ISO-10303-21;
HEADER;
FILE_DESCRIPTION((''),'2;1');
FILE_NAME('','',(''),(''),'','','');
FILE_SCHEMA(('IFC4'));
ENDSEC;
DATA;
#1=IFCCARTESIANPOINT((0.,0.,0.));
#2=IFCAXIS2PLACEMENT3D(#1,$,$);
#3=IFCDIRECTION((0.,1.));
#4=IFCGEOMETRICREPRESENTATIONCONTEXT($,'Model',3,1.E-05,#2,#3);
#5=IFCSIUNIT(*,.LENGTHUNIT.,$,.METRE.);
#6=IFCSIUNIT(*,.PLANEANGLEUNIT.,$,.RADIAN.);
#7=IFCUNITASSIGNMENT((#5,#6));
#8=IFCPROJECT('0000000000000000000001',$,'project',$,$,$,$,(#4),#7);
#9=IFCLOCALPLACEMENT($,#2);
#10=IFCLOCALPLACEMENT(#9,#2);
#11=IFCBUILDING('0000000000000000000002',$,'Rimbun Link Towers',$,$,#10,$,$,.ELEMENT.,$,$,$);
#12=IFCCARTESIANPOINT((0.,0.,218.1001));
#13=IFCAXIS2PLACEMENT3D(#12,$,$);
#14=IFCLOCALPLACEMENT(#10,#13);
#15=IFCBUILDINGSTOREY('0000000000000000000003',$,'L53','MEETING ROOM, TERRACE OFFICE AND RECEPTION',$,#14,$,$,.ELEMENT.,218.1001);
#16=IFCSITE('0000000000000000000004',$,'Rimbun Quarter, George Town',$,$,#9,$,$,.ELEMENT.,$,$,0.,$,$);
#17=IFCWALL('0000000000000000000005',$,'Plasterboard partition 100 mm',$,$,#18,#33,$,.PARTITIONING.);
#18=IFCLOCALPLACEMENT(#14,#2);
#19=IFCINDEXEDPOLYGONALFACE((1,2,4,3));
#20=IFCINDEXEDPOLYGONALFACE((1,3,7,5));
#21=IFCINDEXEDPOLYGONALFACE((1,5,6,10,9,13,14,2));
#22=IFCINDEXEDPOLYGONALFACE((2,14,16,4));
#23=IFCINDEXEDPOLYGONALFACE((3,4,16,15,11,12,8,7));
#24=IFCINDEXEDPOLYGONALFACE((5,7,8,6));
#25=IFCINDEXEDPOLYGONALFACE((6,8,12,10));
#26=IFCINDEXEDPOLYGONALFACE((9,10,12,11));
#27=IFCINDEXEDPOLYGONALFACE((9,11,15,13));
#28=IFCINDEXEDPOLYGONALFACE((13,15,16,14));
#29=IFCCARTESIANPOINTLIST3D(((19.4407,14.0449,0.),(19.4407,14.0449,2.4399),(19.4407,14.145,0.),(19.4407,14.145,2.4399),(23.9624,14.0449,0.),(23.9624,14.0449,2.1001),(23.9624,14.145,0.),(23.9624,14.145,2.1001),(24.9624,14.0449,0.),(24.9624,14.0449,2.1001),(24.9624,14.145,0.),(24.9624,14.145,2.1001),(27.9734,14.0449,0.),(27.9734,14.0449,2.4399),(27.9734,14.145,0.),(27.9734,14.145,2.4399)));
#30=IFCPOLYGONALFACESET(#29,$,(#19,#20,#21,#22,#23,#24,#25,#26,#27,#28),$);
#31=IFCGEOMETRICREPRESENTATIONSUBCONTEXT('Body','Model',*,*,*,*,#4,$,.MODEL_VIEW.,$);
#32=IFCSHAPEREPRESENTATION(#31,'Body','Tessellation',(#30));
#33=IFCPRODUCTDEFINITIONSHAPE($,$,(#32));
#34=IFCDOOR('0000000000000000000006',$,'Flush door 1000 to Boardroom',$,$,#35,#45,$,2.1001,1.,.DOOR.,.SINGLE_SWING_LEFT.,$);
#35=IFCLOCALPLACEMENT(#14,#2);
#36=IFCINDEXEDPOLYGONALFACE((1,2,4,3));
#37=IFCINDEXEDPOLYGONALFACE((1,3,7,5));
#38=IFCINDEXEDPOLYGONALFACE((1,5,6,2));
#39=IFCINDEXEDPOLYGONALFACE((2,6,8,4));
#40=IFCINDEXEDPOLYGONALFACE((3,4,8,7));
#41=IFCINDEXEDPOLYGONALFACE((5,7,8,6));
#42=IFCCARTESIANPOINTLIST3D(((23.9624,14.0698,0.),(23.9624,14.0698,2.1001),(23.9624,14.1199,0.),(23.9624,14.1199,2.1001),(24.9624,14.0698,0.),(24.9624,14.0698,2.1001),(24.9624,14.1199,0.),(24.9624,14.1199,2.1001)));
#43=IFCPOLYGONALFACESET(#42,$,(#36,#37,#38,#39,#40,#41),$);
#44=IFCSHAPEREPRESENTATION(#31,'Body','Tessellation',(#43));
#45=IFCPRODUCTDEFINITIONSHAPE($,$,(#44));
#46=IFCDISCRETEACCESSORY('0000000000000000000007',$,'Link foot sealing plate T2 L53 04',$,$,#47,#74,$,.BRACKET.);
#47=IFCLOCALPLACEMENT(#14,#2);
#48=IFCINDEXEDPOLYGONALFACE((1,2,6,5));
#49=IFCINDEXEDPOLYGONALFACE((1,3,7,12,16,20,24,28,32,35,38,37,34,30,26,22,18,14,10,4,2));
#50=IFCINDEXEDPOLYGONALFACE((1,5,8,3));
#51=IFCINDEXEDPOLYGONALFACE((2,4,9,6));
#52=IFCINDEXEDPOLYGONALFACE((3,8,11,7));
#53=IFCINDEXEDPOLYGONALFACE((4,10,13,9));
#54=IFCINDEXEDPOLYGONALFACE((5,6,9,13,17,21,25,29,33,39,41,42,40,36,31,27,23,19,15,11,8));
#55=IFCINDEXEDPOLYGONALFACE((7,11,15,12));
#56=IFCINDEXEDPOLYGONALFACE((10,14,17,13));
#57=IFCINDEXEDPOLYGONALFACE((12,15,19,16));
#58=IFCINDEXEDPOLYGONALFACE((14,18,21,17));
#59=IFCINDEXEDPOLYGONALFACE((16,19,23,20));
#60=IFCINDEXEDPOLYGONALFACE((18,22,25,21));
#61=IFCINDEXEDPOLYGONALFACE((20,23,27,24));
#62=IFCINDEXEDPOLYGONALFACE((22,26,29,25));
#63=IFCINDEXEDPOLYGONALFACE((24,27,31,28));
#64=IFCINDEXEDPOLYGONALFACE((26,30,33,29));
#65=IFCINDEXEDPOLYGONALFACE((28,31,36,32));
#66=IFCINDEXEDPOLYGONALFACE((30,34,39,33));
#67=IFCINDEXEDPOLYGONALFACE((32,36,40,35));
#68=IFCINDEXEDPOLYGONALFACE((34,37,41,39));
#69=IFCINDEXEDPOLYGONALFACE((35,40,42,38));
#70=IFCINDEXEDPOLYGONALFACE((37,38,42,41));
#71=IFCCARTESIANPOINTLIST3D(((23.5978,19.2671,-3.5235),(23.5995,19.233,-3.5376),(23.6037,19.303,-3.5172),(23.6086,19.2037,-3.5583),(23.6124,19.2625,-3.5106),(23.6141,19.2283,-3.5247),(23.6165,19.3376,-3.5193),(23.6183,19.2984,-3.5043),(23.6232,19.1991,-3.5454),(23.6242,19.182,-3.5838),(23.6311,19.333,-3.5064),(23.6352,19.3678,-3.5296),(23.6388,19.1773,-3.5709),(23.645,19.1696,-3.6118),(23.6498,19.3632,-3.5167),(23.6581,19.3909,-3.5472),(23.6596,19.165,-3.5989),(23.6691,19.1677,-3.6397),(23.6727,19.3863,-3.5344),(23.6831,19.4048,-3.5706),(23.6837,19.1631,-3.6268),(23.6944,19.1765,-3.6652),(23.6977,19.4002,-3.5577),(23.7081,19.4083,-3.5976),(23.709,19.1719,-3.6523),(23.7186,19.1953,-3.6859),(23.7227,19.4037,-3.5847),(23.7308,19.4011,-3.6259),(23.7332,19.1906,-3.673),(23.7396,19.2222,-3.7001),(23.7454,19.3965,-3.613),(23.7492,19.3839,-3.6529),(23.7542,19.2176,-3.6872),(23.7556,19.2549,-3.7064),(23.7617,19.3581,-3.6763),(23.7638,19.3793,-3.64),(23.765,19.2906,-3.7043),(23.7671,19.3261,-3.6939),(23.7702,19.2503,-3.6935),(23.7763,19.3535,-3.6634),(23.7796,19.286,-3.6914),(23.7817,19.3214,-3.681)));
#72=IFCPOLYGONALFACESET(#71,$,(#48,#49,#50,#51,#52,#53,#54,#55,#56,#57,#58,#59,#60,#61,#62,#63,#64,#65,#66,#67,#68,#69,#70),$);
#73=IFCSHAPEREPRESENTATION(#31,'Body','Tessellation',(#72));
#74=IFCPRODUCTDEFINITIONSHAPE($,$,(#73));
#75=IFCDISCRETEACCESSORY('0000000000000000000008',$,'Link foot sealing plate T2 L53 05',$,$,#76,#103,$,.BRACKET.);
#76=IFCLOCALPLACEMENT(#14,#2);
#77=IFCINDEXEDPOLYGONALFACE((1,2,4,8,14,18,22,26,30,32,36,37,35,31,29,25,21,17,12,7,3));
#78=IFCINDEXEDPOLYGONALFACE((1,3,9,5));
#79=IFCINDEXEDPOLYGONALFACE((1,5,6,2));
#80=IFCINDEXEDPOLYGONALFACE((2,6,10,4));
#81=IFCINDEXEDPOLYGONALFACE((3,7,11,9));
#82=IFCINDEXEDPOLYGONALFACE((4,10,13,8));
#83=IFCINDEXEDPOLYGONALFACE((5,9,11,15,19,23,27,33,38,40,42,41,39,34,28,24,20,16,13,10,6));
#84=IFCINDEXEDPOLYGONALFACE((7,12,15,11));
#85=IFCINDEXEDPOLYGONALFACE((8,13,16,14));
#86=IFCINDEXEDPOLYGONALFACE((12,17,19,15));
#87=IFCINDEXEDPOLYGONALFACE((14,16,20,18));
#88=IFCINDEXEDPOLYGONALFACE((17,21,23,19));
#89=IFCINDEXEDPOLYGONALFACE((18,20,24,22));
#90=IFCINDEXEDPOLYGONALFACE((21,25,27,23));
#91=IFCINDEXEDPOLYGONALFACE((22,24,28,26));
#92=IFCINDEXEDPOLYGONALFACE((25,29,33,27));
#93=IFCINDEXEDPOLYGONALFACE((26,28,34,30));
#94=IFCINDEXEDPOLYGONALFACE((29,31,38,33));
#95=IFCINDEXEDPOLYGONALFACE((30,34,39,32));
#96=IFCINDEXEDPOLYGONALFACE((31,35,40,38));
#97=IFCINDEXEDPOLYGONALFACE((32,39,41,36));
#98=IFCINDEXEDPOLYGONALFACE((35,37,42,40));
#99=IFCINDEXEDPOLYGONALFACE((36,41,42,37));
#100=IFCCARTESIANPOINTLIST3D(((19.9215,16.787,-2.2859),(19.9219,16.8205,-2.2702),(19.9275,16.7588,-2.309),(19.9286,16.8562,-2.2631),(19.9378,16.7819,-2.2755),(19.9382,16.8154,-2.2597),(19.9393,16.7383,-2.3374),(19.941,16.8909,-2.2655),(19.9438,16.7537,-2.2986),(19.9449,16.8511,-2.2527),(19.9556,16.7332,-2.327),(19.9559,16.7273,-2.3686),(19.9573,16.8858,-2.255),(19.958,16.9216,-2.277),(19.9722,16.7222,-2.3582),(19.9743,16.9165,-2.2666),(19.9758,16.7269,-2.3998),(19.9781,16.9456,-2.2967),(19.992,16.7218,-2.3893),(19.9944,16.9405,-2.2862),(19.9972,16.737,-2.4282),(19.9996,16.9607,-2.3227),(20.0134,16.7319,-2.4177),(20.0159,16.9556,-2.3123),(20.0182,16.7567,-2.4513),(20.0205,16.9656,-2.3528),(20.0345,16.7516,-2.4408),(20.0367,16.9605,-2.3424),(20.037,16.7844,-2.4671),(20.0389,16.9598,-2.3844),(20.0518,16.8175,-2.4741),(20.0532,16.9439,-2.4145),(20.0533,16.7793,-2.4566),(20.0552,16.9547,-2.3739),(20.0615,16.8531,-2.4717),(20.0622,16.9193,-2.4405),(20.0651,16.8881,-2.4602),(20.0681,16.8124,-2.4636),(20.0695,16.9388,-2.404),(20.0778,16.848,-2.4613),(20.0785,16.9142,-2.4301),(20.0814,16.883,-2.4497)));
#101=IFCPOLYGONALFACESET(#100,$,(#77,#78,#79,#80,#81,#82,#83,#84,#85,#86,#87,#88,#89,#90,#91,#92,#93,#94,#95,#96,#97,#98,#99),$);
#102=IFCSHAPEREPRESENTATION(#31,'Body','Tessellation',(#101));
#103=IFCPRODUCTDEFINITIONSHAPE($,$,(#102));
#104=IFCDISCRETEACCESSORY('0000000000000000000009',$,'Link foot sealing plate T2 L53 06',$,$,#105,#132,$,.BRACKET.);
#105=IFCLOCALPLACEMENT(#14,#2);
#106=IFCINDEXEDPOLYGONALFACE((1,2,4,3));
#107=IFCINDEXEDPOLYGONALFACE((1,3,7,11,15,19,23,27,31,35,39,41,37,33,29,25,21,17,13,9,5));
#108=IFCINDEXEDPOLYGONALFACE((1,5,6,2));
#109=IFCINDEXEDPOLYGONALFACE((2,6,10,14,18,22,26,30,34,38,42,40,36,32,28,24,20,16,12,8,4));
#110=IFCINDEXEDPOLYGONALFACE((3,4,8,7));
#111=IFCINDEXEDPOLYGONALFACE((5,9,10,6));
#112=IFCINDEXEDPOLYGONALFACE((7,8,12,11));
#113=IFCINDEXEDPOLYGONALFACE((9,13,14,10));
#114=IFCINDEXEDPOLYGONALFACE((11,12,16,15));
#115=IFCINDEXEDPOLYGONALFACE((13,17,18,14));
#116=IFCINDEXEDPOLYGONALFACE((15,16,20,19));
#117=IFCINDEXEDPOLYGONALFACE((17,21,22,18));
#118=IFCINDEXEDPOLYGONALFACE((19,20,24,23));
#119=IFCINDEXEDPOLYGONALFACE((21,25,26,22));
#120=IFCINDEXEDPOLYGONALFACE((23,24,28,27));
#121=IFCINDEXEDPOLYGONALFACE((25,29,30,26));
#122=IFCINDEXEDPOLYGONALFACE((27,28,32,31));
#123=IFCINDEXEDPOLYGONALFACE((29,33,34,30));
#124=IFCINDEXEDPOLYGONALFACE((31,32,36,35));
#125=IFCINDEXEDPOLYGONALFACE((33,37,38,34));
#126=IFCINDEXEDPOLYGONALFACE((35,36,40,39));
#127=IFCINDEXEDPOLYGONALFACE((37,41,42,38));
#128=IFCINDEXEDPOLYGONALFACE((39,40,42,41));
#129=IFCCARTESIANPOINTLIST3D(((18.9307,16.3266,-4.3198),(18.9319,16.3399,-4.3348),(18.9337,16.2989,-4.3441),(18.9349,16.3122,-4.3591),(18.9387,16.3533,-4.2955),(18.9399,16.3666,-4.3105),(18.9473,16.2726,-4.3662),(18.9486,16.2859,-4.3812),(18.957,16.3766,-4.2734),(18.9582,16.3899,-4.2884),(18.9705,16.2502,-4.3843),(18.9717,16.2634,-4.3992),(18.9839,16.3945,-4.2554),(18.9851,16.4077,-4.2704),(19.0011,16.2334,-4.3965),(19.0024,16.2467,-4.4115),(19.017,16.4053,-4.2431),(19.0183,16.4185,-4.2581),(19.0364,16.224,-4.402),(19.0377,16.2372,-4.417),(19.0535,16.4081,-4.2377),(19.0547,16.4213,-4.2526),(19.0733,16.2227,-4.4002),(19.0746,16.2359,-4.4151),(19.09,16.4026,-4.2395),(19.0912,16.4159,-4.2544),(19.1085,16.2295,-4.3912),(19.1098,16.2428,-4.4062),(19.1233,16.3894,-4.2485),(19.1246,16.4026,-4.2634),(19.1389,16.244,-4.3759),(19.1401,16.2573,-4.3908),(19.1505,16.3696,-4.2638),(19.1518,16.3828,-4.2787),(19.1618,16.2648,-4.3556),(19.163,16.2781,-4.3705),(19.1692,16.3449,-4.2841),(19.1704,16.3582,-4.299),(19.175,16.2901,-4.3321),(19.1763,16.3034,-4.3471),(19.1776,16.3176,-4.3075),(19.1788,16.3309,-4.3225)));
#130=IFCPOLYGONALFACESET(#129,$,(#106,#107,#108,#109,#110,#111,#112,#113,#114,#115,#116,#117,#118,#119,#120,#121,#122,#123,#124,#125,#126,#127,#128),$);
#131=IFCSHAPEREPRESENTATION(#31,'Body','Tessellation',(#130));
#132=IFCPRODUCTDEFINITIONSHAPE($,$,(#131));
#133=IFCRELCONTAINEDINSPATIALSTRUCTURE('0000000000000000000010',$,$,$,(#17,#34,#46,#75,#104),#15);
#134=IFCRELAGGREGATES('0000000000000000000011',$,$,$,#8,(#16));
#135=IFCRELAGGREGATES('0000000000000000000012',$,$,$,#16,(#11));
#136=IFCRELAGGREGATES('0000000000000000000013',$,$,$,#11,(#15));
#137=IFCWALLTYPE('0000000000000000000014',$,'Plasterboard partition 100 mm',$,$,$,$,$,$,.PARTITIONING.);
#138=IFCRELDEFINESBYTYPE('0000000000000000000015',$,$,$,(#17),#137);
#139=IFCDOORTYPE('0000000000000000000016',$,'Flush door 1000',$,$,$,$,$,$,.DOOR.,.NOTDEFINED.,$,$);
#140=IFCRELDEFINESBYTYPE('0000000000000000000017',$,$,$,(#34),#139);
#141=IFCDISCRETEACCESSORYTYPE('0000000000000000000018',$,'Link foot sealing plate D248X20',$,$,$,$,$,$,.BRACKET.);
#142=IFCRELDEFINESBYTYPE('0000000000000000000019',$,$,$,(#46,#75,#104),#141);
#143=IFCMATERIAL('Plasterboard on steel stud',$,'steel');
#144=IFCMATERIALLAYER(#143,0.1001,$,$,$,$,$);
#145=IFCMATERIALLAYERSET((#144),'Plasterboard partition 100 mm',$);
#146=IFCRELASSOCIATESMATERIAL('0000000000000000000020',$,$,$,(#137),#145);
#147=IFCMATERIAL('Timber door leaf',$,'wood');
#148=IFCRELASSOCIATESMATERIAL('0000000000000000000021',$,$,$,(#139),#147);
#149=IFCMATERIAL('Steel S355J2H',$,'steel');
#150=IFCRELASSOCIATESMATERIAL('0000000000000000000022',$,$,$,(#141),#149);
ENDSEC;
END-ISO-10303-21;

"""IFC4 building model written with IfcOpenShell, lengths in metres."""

from ifc_helpers import new_model, si_unit, direction, frame, frame_2d, origin, origin_2d, place, context, subcontext, project, spatial, rectangle, circle, extrude, material, layer, layer_set, material_profile, profile_set, type_object, element, fill, save


model = new_model("IFC4")

# Units and contexts
model_context = context("Model", 3, precision=1e-05, world=origin(), true_north=direction((0.0, 1.0)))
body_context = subcontext(model_context, "Body", "Model", "MODEL_VIEW")
ifc_project = project(units=[si_unit("LENGTHUNIT", "METRE"), si_unit("PLANEANGLEUNIT", "RADIAN")], contexts=[model_context])

# Site, building, storey
site_placement = place(None, origin())
site = spatial("IfcSite", under=ifc_project, at=site_placement, Name="Rimbun Quarter, George Town", CompositionType="ELEMENT", RefElevation=0.0)
building_placement = place(site_placement, origin())
building = spatial("IfcBuilding", under=site, at=building_placement, Name="Rimbun Link Towers", CompositionType="ELEMENT")
storey_placement = place(building_placement, frame((0.0, 0.0, 218.1001)))
storey = spatial("IfcBuildingStorey", under=building, at=storey_placement, Name="L53", Description="MEETING ROOM, TERRACE OFFICE AND RECEPTION", CompositionType="ELEMENT", Elevation=218.1001)

# Wall, opening, door
ifc_material_1 = material(Name="Plasterboard on steel stud", Category="steel")
ifc_layer_1 = layer(ifc_material_1, 0.1001)
ifc_layer_set_1 = layer_set([ifc_layer_1], Name="Plasterboard partition 100 mm")
wall_type = type_object("IfcWallType", Name="Plasterboard partition 100 mm", PredefinedType="PARTITIONING", material=ifc_layer_set_1)
wall_1_placement = place(storey_placement, frame((19.4407, 14.095, 0.0), z_axis=(0.0, 0.0, 1.0), x_axis=(1.0, 0.0, 0.0)))
wall_1 = element("IfcWall", 1, at=wall_1_placement, inside=storey, type_object=wall_type, Name="Plasterboard partition 100 mm", PredefinedType="PARTITIONING", context=body_context, shape_type="SweptSolid", body=[
    extrude(rectangle(XDim=8.5327, YDim=0.1001, at=frame_2d((4.2664, 0.0))), origin(), (0.0, 0.0, 1.0), 2.4399),
])
opening_1_placement = place(wall_1_placement, frame((4.5217, 0.0, 0.0)))
opening_1 = element("IfcOpeningElement", 2, at=opening_1_placement, cuts=wall_1, PredefinedType="OPENING", context=body_context, shape_type="SweptSolid", body=[
    extrude(rectangle(XDim=1.0, YDim=2.1001, at=frame_2d((0.5, 1.05))), frame((0.0, 0.0601, 0.0), z_axis=(0.0, -1.0, 0.0), x_axis=(1.0, 0.0, 0.0)), (0.0, 0.0, 1.0), 0.1201),
])
ifc_material_2 = material(Name="Timber door leaf", Category="wood")
door_type_1 = type_object("IfcDoorType", Name="Flush door 1000", OperationType="NOTDEFINED", PredefinedType="DOOR", material=ifc_material_2)
door_1_placement = place(opening_1_placement, origin())
door_1 = element("IfcDoor", 3, at=door_1_placement, inside=storey, type_object=door_type_1, Name="Flush door 1000 to Boardroom", OperationType="SINGLE_SWING_LEFT", OverallHeight=2.1001, OverallWidth=1.0, PredefinedType="DOOR", context=body_context, shape_type="SweptSolid", body=[
    extrude(rectangle(XDim=1.0, YDim=2.1001, at=frame_2d((0.5, 1.05))), frame((0.0, 0.0249, 0.0), z_axis=(0.0, -1.0, 0.0), x_axis=(1.0, 0.0, 0.0)), (0.0, 0.0, 1.0), 0.05),
])
fill(opening_1, door_1)

# Discrete accessories
ifc_material_3 = material(Name="Steel S355J2H", Category="steel")
ifc_material_profile_1 = material_profile(ifc_material_3, circle(Radius=0.124, at=origin_2d()), Name="PL D248")
ifc_profile_set_1 = profile_set([ifc_material_profile_1], Name="Steel S355J2H")
discrete_accessory_type = type_object("IfcDiscreteAccessoryType", Name="Link foot sealing plate D248X20", PredefinedType="BRACKET", material=ifc_profile_set_1)
for number, where, z_axis, x_axis, name in (
    (4, (23.697, 19.2832, -3.5989), (-0.729217, 0.230919, -0.644142), (-0.301892, -0.953342, 0.0), "Link foot sealing plate T2 L53 04"),
    (5, (20.0093, 16.8406, -2.3582), (-0.813752, 0.255057, -0.522259), (-0.299086, -0.954226, 0.0), "Link foot sealing plate T2 L53 05"),
    (6, (19.0542, 16.3152, -4.3198), (0.061259, 0.661594, -0.747356), (-0.995741, 0.092198, 0.0), "Link foot sealing plate T2 L53 06"),
):
    element("IfcDiscreteAccessory", number, at=place(storey_placement, frame(where, z_axis=z_axis, x_axis=x_axis)), inside=storey, type_object=discrete_accessory_type, Name=name, PredefinedType="BRACKET", context=body_context, shape_type="SweptSolid", body=[
        extrude(circle(Radius=0.124, at=origin_2d()), origin(), (0.0, 0.0, 1.0), 0.02),
    ])

save(model, "model.ifc")
